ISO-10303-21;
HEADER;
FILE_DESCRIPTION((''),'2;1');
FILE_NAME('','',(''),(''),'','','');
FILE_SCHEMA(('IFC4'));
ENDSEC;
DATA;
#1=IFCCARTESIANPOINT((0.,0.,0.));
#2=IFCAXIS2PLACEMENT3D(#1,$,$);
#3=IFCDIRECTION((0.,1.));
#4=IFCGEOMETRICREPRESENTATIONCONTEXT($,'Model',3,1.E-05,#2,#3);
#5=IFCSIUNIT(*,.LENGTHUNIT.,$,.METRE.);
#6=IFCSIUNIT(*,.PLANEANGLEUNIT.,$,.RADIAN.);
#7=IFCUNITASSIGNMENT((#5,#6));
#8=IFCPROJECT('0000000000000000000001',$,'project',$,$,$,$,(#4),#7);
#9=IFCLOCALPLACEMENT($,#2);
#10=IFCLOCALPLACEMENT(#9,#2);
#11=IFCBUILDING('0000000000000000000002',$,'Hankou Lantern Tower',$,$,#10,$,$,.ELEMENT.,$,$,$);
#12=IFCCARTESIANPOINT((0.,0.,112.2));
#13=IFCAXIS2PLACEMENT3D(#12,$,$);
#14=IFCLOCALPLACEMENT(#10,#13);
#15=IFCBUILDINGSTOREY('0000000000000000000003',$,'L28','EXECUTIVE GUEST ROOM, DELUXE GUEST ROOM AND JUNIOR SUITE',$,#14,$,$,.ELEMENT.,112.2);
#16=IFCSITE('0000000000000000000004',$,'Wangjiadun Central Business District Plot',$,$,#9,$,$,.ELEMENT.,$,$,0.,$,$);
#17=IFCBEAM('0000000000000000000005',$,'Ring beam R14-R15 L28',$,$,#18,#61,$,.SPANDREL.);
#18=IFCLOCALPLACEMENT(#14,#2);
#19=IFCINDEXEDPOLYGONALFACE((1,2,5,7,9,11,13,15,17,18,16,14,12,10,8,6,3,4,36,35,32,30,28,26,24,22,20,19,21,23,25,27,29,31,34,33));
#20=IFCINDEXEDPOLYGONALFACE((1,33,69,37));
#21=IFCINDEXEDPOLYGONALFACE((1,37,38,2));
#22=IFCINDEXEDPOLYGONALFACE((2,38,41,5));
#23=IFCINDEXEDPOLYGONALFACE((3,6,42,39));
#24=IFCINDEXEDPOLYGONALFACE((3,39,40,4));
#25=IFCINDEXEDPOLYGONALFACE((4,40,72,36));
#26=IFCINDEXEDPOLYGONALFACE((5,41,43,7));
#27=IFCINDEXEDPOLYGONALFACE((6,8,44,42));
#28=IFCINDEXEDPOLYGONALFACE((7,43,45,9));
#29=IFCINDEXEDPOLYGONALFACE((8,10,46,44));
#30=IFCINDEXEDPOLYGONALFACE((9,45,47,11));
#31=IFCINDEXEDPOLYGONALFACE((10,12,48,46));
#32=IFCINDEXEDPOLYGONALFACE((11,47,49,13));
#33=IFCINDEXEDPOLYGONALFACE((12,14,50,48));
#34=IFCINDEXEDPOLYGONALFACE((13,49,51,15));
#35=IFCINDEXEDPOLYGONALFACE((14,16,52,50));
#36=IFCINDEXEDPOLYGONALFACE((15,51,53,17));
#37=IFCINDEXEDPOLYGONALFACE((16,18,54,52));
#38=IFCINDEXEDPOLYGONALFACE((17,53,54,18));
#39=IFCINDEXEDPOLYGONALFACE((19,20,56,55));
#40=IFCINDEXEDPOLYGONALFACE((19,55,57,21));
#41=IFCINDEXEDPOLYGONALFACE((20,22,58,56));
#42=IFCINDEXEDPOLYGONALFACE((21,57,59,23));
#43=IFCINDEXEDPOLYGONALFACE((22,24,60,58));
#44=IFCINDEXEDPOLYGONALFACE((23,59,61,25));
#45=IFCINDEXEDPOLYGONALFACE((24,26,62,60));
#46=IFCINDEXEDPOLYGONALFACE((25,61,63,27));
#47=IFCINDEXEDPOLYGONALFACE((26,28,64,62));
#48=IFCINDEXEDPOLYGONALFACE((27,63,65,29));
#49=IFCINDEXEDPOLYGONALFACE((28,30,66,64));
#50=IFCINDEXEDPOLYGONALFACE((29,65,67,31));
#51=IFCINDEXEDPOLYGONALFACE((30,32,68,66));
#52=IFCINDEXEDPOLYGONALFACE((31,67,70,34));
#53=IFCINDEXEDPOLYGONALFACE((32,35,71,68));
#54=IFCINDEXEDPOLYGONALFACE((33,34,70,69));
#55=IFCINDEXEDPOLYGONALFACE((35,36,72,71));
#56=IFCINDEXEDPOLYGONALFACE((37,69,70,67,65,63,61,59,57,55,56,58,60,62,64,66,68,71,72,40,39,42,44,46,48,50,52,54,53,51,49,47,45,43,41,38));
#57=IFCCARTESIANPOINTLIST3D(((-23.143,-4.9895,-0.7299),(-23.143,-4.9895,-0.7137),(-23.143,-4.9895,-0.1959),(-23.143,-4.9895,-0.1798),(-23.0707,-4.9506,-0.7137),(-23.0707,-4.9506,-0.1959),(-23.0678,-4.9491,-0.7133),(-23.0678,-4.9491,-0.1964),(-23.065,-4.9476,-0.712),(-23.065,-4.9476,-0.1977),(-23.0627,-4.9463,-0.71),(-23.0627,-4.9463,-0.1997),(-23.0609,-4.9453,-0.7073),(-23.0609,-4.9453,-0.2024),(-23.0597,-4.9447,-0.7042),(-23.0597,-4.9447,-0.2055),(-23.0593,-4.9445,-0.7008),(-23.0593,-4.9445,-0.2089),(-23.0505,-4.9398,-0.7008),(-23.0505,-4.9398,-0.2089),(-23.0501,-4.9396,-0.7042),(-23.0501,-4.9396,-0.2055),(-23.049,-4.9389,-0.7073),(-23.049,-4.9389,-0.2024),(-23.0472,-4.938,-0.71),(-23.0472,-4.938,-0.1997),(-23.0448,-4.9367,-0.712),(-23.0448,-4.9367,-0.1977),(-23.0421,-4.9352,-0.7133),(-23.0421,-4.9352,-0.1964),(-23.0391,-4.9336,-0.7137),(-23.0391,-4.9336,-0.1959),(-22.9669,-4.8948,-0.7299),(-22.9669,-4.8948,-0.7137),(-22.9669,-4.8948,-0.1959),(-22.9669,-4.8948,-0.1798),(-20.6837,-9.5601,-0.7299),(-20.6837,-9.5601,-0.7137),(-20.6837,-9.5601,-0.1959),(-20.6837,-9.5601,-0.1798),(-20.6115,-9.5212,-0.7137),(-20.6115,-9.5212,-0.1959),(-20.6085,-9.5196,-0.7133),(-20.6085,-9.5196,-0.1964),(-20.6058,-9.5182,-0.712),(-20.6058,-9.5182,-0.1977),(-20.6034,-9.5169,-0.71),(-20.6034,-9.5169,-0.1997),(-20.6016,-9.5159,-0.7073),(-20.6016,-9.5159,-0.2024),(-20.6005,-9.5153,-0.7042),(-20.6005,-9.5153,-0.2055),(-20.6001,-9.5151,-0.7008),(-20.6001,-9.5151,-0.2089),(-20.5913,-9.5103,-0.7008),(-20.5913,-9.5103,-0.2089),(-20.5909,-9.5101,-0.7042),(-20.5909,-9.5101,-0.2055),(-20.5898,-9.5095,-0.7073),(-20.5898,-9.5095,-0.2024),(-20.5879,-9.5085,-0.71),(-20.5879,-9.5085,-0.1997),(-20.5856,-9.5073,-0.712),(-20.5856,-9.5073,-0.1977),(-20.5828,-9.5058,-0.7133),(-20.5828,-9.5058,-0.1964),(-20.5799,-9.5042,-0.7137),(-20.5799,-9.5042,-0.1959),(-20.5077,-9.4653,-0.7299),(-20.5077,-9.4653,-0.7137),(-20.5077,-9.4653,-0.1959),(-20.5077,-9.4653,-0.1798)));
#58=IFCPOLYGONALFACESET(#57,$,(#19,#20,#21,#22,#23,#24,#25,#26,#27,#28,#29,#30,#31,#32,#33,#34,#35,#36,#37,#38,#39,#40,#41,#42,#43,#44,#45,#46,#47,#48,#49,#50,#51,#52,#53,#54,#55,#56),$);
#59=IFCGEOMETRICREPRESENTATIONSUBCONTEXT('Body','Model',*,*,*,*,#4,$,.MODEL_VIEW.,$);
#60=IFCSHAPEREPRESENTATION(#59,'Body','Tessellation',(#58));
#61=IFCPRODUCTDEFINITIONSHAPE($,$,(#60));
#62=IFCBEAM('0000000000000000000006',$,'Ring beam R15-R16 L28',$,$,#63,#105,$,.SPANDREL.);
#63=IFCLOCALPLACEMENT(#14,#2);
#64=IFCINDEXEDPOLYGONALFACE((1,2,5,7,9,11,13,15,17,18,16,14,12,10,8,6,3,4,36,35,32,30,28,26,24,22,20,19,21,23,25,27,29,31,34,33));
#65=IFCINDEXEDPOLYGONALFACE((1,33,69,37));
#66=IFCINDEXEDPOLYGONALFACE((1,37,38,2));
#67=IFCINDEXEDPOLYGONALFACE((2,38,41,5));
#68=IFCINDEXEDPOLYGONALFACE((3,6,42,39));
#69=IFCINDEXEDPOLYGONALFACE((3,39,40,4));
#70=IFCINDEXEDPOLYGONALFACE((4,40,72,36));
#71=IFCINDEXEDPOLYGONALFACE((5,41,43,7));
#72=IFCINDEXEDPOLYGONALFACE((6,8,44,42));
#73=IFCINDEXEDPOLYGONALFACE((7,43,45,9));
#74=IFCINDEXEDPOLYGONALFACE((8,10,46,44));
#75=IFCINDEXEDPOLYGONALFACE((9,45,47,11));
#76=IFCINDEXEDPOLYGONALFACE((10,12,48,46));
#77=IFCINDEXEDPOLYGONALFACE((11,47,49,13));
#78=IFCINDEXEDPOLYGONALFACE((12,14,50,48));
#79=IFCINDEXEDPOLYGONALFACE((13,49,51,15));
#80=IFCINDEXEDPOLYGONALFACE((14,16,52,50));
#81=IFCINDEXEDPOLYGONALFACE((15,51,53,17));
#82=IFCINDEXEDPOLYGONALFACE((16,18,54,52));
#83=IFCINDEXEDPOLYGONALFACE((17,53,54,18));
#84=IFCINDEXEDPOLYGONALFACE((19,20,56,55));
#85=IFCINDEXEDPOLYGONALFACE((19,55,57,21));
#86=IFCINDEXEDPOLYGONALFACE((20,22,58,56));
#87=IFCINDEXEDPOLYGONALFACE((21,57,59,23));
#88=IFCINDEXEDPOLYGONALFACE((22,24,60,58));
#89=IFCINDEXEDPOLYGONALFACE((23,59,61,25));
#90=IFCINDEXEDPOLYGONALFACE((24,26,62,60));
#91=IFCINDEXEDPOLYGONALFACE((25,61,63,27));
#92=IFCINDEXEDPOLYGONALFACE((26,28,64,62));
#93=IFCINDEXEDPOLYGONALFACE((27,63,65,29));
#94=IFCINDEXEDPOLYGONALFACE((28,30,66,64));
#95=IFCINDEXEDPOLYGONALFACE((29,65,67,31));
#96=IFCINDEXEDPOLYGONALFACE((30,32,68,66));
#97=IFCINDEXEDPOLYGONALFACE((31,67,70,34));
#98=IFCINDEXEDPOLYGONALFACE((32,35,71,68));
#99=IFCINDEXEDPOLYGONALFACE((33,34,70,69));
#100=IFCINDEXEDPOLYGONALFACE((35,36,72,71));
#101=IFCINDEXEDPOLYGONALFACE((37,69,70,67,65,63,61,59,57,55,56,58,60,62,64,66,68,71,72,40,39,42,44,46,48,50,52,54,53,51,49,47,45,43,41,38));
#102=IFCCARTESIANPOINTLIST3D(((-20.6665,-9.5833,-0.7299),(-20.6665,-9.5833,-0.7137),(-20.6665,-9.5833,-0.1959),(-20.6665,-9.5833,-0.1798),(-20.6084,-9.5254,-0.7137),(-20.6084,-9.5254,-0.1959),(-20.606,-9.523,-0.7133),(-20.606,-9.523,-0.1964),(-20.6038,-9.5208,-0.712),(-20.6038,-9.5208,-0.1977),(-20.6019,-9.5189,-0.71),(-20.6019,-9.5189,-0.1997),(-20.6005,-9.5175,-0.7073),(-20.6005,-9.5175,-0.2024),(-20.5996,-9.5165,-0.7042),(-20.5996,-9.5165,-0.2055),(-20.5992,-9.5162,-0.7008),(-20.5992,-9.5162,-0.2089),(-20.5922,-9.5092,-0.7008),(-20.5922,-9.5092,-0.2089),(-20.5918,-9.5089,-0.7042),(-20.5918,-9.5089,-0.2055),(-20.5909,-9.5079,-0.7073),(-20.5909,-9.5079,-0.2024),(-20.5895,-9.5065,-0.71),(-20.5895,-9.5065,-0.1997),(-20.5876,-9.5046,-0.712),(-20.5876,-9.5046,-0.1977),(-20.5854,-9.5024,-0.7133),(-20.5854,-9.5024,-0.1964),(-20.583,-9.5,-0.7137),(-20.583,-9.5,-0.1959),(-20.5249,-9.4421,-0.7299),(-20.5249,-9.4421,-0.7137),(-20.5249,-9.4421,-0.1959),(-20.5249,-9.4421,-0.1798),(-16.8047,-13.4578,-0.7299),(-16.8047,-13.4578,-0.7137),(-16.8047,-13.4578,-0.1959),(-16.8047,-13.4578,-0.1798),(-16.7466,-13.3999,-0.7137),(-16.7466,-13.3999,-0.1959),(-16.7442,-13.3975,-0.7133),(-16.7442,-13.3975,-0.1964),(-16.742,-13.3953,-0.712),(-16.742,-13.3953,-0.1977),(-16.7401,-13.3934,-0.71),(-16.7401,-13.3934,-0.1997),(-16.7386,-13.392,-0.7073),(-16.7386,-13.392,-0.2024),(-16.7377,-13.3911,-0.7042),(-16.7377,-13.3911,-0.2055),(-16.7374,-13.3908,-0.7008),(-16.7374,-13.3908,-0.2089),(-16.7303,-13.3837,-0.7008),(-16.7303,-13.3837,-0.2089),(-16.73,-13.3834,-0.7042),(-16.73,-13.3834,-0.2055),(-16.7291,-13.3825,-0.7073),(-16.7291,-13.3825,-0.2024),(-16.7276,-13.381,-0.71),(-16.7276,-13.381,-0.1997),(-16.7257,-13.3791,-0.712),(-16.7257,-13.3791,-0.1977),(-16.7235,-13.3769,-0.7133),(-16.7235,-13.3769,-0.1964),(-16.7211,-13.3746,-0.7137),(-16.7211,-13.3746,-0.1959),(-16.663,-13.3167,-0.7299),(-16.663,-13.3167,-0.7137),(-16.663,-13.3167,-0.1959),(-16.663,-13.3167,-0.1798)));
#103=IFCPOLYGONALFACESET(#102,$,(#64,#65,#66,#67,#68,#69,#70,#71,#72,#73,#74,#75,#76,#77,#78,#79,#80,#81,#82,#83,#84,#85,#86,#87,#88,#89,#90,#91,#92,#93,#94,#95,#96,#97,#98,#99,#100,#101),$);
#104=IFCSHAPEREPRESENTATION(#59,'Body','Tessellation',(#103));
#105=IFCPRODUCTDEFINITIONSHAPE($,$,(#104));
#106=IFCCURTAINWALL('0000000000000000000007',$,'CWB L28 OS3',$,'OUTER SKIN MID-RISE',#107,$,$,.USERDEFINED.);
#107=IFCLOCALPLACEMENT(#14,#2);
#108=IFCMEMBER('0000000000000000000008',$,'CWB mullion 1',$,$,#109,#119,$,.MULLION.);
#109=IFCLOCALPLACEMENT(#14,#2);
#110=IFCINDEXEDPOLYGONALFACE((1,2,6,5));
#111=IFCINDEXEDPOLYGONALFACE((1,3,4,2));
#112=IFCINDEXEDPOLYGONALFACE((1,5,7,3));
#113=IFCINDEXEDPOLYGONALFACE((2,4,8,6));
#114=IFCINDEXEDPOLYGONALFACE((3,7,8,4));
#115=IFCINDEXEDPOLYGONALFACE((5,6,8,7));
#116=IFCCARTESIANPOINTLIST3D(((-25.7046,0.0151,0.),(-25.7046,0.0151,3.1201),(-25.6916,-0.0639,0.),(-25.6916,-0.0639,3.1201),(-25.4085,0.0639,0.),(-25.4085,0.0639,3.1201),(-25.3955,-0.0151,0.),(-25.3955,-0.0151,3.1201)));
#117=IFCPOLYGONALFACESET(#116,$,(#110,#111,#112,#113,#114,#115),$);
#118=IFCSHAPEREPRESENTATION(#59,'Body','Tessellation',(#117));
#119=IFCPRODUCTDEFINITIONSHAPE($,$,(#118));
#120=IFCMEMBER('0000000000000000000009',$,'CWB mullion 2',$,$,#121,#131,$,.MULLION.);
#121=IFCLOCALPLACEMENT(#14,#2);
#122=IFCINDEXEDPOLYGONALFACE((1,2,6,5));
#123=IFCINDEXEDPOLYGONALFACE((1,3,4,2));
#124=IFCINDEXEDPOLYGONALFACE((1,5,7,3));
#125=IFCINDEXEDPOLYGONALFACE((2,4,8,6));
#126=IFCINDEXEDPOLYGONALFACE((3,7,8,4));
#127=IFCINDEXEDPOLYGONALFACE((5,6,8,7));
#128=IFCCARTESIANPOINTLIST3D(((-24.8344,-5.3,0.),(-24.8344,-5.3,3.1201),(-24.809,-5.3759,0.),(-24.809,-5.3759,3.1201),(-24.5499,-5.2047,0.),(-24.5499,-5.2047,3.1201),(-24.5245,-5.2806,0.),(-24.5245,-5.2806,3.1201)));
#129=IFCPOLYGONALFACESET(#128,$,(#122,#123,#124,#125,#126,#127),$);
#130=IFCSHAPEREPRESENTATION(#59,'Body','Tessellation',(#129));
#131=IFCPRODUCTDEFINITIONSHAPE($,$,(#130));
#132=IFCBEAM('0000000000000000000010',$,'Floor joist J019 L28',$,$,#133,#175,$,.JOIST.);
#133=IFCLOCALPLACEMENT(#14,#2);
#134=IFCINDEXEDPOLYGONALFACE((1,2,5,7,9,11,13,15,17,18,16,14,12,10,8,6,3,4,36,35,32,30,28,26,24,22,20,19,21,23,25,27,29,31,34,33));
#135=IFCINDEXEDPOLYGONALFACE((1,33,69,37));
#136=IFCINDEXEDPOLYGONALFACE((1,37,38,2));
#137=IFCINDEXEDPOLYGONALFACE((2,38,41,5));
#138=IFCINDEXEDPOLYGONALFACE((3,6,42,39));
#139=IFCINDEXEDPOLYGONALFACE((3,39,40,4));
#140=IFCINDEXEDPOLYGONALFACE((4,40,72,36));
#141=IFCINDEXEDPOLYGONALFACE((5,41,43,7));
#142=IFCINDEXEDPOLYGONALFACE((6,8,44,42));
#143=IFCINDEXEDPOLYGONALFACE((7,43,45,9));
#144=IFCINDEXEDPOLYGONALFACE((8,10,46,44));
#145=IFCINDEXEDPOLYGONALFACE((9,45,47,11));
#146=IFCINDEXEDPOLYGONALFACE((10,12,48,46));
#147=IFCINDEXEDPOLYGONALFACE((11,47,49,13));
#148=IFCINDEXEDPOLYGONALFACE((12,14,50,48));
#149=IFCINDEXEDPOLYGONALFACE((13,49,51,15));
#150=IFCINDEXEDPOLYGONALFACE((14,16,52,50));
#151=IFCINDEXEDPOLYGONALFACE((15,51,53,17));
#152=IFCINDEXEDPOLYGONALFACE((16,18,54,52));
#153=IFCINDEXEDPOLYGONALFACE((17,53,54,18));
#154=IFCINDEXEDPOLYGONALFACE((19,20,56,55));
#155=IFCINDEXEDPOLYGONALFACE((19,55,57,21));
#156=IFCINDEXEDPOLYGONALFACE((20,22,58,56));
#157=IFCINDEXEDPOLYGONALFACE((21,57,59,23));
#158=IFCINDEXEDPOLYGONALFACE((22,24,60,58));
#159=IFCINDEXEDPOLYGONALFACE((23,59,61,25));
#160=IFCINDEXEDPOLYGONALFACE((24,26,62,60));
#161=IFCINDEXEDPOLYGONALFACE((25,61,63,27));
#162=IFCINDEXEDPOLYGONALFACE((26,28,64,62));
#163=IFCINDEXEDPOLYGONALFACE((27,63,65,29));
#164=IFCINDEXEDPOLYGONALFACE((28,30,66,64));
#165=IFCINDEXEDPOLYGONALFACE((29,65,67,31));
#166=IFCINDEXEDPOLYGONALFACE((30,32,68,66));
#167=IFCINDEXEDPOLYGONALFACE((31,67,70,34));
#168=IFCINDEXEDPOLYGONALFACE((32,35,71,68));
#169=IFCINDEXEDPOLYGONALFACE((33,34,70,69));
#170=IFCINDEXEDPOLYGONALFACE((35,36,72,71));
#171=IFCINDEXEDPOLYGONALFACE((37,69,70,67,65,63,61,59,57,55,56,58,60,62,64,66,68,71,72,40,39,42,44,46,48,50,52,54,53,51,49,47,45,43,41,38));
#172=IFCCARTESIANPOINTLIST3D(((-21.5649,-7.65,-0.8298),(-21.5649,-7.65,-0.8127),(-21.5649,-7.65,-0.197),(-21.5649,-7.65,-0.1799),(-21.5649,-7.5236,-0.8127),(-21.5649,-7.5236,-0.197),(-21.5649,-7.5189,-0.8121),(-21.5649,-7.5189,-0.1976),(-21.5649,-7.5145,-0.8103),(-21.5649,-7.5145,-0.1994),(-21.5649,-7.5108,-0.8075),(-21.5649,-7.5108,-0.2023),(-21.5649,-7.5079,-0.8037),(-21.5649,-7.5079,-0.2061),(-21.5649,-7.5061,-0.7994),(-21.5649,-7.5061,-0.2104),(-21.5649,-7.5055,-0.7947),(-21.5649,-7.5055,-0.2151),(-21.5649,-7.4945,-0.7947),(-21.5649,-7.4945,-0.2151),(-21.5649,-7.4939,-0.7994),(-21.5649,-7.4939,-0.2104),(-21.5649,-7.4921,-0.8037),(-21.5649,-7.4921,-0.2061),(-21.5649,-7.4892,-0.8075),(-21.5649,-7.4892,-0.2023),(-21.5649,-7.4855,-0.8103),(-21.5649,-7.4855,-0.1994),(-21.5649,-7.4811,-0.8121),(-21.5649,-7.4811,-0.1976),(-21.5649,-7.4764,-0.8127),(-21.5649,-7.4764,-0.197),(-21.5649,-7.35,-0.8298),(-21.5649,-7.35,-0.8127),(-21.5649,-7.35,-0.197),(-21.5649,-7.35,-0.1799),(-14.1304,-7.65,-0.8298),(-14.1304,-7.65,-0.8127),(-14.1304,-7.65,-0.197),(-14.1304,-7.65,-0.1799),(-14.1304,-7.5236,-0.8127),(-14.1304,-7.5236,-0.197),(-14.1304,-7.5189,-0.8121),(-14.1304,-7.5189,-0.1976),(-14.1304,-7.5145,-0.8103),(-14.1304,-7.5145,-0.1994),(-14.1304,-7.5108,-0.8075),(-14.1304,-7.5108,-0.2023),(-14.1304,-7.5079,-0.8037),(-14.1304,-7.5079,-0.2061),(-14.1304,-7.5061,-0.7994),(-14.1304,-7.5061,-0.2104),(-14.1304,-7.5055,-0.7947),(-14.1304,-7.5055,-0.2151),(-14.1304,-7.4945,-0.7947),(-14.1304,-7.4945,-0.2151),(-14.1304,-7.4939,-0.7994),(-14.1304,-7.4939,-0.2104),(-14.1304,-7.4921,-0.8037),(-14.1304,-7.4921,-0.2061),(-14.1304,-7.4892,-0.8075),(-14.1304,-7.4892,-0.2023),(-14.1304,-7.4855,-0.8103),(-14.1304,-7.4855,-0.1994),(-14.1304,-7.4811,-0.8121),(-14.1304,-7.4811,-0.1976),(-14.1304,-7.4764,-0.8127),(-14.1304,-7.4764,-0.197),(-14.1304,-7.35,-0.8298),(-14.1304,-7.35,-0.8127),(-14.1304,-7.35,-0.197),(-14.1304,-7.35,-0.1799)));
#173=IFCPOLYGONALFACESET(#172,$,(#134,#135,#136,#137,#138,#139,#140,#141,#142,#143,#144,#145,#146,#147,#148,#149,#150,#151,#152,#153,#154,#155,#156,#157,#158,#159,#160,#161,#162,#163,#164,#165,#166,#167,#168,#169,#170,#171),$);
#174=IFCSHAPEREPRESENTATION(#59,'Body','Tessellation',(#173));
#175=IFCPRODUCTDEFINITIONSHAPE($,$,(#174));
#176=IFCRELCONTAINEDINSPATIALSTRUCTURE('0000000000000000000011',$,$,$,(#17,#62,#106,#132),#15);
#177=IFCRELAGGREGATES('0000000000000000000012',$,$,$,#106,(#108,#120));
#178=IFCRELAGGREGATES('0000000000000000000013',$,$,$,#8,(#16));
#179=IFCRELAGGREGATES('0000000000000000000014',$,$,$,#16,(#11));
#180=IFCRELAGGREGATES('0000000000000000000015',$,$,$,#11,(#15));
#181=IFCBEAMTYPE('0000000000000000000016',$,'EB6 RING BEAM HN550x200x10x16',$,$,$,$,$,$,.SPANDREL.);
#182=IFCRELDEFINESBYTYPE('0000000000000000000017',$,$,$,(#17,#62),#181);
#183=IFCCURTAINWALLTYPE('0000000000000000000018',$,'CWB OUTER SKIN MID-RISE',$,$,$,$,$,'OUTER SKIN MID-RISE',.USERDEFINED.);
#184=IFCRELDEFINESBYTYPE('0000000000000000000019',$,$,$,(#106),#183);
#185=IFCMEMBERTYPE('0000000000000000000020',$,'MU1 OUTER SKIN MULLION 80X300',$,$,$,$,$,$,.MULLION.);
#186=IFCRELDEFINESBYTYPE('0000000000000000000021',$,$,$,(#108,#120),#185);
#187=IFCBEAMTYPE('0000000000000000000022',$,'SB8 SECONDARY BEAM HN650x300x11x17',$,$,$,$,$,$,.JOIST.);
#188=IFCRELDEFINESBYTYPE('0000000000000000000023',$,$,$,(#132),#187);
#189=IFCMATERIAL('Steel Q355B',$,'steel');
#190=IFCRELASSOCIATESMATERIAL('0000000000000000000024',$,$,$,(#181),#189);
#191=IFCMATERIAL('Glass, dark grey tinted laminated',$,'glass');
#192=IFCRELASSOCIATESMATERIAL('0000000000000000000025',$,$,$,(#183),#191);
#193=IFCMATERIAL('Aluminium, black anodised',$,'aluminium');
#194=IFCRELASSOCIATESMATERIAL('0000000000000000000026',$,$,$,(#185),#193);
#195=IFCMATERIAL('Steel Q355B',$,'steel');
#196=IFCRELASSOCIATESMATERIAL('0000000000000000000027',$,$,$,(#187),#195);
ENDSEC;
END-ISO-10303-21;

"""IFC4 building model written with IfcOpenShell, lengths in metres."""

from ifc_helpers import new_model, si_unit, direction, frame, origin, origin_2d, place, context, subcontext, project, spatial, rectangle, i_section, extrude, material, material_profile, profile_set, type_object, element, aggregate, save


model = new_model("IFC4")

# Units and contexts
model_context = context("Model", 3, precision=1e-05, world=origin(), true_north=direction((0.0, 1.0)))
body_context = subcontext(model_context, "Body", "Model", "MODEL_VIEW")
ifc_project = project(units=[si_unit("LENGTHUNIT", "METRE"), si_unit("PLANEANGLEUNIT", "RADIAN")], contexts=[model_context])

# Site, building, storey
site_placement = place(None, origin())
site = spatial("IfcSite", under=ifc_project, at=site_placement, Name="Wangjiadun Central Business District Plot", CompositionType="ELEMENT", RefElevation=0.0)
building_placement = place(site_placement, origin())
building = spatial("IfcBuilding", under=site, at=building_placement, Name="Hankou Lantern Tower", CompositionType="ELEMENT")
storey_placement = place(building_placement, frame((0.0, 0.0, 112.2)))
storey = spatial("IfcBuildingStorey", under=building, at=storey_placement, Name="L28", Description="EXECUTIVE GUEST ROOM, DELUXE GUEST ROOM AND JUNIOR SUITE", CompositionType="ELEMENT", Elevation=112.2)

# Beams
ifc_material_1 = material(Name="Steel Q355B", Category="steel")
ifc_material_profile_1 = material_profile(ifc_material_1, i_section(OverallWidth=0.2, OverallDepth=0.55, WebThickness=0.01, FlangeThickness=0.0161, FilletRadius=0.0129, at=origin_2d()), Name="HN550x200x10x16")
ifc_profile_set_1 = profile_set([ifc_material_profile_1], Name="Steel Q355B")
beam_type_1 = type_object("IfcBeamType", Name="EB6 RING BEAM HN550x200x10x16", PredefinedType="SPANDREL", material=ifc_profile_set_1)
beam_1_placement = place(storey_placement, frame((-23.0549, -4.9421, -0.4548), z_axis=(0.473825, -0.880619, 0.0), x_axis=(0.880619, 0.473825, 0.0)))
element("IfcBeam", 1, at=beam_1_placement, inside=storey, type_object=beam_type_1, Name="Ring beam R14-R15 L28", PredefinedType="SPANDREL", context=body_context, shape_type="SweptSolid", body=[
    extrude(i_section(OverallWidth=0.2, OverallDepth=0.55, WebThickness=0.01, FlangeThickness=0.0161, FilletRadius=0.0129, at=origin_2d()), origin(), (0.0, 0.0, 1.0), 5.1902),
])
beam_2_placement = place(storey_placement, frame((-20.5957, -9.5127, -0.4548), z_axis=(0.705945, -0.708266, 0.0), x_axis=(0.708266, 0.705945, 0.0)))
element("IfcBeam", 2, at=beam_2_placement, inside=storey, type_object=beam_type_1, Name="Ring beam R15-R16 L28", PredefinedType="SPANDREL", context=body_context, shape_type="SweptSolid", body=[
    extrude(i_section(OverallWidth=0.2, OverallDepth=0.55, WebThickness=0.01, FlangeThickness=0.0161, FilletRadius=0.0129, at=origin_2d()), origin(), (0.0, 0.0, 1.0), 5.4705),
])

# Curtain wall, members
ifc_material_2 = material(Name="Glass, dark grey tinted laminated", Category="glass")
curtain_wall_type = type_object("IfcCurtainWallType", Name="CWB OUTER SKIN MID-RISE", ElementType="OUTER SKIN MID-RISE", PredefinedType="USERDEFINED", material=ifc_material_2)
curtain_wall_placement = place(storey_placement, origin())
curtain_wall = element("IfcCurtainWall", 3, at=curtain_wall_placement, inside=storey, type_object=curtain_wall_type, Name="CWB L28 OS3", ObjectType="OUTER SKIN MID-RISE", PredefinedType="USERDEFINED")
ifc_material_3 = material(Name="Aluminium, black anodised", Category="aluminium")
ifc_material_profile_2 = material_profile(ifc_material_3, rectangle(XDim=0.0801, YDim=0.3, at=origin_2d()), Name="MU1 80X300")
ifc_profile_set_2 = profile_set([ifc_material_profile_2], Name="Aluminium, black anodised")
member_type_1 = type_object("IfcMemberType", Name="MU1 OUTER SKIN MULLION 80X300", PredefinedType="MULLION", material=ifc_profile_set_2)
member_1_placement = place(storey_placement, frame((-25.55, 0.0, 0.0), z_axis=(0.0, 0.0, 1.0), x_axis=(0.162382, -0.986728, 0.0)))
member_1 = element("IfcMember", 4, at=member_1_placement, type_object=member_type_1, Name="CWB mullion 1", PredefinedType="MULLION", context=body_context, shape_type="SweptSolid", body=[
    extrude(rectangle(XDim=0.0801, YDim=0.3, at=origin_2d()), origin(), (0.0, 0.0, 1.0), 3.1201),
])
member_2_placement = place(storey_placement, frame((-24.6794, -5.2903, 0.0), z_axis=(0.0, 0.0, 1.0), x_axis=(0.317596, -0.948226, 0.0)))
member_2 = element("IfcMember", 5, at=member_2_placement, type_object=member_type_1, Name="CWB mullion 2", PredefinedType="MULLION", context=body_context, shape_type="SweptSolid", body=[
    extrude(rectangle(XDim=0.0801, YDim=0.3, at=origin_2d()), origin(), (0.0, 0.0, 1.0), 3.1201),
])

# Beam
ifc_material_4 = material(Name="Steel Q355B", Category="steel")
ifc_material_profile_3 = material_profile(ifc_material_4, i_section(OverallWidth=0.3, OverallDepth=0.6499, WebThickness=0.011, FlangeThickness=0.0171, FilletRadius=0.0181, at=origin_2d()), Name="HN650x300x11x17")
ifc_profile_set_3 = profile_set([ifc_material_profile_3], Name="Steel Q355B")
beam_type_2 = type_object("IfcBeamType", Name="SB8 SECONDARY BEAM HN650x300x11x17", PredefinedType="JOIST", material=ifc_profile_set_3)
beam_3_placement = place(storey_placement, frame((-21.5649, -7.5, -0.5049), z_axis=(1.0, 0.0, 0.0), x_axis=(0.0, 1.0, 0.0)))
element("IfcBeam", 6, at=beam_3_placement, inside=storey, type_object=beam_type_2, Name="Floor joist J019 L28", PredefinedType="JOIST", context=body_context, shape_type="SweptSolid", body=[
    extrude(i_section(OverallWidth=0.3, OverallDepth=0.6499, WebThickness=0.011, FlangeThickness=0.0171, FilletRadius=0.0181, at=origin_2d()), origin(), (0.0, 0.0, 1.0), 7.4346),
])

aggregate(curtain_wall, [member_1, member_2])

save(model, "model.ifc")
